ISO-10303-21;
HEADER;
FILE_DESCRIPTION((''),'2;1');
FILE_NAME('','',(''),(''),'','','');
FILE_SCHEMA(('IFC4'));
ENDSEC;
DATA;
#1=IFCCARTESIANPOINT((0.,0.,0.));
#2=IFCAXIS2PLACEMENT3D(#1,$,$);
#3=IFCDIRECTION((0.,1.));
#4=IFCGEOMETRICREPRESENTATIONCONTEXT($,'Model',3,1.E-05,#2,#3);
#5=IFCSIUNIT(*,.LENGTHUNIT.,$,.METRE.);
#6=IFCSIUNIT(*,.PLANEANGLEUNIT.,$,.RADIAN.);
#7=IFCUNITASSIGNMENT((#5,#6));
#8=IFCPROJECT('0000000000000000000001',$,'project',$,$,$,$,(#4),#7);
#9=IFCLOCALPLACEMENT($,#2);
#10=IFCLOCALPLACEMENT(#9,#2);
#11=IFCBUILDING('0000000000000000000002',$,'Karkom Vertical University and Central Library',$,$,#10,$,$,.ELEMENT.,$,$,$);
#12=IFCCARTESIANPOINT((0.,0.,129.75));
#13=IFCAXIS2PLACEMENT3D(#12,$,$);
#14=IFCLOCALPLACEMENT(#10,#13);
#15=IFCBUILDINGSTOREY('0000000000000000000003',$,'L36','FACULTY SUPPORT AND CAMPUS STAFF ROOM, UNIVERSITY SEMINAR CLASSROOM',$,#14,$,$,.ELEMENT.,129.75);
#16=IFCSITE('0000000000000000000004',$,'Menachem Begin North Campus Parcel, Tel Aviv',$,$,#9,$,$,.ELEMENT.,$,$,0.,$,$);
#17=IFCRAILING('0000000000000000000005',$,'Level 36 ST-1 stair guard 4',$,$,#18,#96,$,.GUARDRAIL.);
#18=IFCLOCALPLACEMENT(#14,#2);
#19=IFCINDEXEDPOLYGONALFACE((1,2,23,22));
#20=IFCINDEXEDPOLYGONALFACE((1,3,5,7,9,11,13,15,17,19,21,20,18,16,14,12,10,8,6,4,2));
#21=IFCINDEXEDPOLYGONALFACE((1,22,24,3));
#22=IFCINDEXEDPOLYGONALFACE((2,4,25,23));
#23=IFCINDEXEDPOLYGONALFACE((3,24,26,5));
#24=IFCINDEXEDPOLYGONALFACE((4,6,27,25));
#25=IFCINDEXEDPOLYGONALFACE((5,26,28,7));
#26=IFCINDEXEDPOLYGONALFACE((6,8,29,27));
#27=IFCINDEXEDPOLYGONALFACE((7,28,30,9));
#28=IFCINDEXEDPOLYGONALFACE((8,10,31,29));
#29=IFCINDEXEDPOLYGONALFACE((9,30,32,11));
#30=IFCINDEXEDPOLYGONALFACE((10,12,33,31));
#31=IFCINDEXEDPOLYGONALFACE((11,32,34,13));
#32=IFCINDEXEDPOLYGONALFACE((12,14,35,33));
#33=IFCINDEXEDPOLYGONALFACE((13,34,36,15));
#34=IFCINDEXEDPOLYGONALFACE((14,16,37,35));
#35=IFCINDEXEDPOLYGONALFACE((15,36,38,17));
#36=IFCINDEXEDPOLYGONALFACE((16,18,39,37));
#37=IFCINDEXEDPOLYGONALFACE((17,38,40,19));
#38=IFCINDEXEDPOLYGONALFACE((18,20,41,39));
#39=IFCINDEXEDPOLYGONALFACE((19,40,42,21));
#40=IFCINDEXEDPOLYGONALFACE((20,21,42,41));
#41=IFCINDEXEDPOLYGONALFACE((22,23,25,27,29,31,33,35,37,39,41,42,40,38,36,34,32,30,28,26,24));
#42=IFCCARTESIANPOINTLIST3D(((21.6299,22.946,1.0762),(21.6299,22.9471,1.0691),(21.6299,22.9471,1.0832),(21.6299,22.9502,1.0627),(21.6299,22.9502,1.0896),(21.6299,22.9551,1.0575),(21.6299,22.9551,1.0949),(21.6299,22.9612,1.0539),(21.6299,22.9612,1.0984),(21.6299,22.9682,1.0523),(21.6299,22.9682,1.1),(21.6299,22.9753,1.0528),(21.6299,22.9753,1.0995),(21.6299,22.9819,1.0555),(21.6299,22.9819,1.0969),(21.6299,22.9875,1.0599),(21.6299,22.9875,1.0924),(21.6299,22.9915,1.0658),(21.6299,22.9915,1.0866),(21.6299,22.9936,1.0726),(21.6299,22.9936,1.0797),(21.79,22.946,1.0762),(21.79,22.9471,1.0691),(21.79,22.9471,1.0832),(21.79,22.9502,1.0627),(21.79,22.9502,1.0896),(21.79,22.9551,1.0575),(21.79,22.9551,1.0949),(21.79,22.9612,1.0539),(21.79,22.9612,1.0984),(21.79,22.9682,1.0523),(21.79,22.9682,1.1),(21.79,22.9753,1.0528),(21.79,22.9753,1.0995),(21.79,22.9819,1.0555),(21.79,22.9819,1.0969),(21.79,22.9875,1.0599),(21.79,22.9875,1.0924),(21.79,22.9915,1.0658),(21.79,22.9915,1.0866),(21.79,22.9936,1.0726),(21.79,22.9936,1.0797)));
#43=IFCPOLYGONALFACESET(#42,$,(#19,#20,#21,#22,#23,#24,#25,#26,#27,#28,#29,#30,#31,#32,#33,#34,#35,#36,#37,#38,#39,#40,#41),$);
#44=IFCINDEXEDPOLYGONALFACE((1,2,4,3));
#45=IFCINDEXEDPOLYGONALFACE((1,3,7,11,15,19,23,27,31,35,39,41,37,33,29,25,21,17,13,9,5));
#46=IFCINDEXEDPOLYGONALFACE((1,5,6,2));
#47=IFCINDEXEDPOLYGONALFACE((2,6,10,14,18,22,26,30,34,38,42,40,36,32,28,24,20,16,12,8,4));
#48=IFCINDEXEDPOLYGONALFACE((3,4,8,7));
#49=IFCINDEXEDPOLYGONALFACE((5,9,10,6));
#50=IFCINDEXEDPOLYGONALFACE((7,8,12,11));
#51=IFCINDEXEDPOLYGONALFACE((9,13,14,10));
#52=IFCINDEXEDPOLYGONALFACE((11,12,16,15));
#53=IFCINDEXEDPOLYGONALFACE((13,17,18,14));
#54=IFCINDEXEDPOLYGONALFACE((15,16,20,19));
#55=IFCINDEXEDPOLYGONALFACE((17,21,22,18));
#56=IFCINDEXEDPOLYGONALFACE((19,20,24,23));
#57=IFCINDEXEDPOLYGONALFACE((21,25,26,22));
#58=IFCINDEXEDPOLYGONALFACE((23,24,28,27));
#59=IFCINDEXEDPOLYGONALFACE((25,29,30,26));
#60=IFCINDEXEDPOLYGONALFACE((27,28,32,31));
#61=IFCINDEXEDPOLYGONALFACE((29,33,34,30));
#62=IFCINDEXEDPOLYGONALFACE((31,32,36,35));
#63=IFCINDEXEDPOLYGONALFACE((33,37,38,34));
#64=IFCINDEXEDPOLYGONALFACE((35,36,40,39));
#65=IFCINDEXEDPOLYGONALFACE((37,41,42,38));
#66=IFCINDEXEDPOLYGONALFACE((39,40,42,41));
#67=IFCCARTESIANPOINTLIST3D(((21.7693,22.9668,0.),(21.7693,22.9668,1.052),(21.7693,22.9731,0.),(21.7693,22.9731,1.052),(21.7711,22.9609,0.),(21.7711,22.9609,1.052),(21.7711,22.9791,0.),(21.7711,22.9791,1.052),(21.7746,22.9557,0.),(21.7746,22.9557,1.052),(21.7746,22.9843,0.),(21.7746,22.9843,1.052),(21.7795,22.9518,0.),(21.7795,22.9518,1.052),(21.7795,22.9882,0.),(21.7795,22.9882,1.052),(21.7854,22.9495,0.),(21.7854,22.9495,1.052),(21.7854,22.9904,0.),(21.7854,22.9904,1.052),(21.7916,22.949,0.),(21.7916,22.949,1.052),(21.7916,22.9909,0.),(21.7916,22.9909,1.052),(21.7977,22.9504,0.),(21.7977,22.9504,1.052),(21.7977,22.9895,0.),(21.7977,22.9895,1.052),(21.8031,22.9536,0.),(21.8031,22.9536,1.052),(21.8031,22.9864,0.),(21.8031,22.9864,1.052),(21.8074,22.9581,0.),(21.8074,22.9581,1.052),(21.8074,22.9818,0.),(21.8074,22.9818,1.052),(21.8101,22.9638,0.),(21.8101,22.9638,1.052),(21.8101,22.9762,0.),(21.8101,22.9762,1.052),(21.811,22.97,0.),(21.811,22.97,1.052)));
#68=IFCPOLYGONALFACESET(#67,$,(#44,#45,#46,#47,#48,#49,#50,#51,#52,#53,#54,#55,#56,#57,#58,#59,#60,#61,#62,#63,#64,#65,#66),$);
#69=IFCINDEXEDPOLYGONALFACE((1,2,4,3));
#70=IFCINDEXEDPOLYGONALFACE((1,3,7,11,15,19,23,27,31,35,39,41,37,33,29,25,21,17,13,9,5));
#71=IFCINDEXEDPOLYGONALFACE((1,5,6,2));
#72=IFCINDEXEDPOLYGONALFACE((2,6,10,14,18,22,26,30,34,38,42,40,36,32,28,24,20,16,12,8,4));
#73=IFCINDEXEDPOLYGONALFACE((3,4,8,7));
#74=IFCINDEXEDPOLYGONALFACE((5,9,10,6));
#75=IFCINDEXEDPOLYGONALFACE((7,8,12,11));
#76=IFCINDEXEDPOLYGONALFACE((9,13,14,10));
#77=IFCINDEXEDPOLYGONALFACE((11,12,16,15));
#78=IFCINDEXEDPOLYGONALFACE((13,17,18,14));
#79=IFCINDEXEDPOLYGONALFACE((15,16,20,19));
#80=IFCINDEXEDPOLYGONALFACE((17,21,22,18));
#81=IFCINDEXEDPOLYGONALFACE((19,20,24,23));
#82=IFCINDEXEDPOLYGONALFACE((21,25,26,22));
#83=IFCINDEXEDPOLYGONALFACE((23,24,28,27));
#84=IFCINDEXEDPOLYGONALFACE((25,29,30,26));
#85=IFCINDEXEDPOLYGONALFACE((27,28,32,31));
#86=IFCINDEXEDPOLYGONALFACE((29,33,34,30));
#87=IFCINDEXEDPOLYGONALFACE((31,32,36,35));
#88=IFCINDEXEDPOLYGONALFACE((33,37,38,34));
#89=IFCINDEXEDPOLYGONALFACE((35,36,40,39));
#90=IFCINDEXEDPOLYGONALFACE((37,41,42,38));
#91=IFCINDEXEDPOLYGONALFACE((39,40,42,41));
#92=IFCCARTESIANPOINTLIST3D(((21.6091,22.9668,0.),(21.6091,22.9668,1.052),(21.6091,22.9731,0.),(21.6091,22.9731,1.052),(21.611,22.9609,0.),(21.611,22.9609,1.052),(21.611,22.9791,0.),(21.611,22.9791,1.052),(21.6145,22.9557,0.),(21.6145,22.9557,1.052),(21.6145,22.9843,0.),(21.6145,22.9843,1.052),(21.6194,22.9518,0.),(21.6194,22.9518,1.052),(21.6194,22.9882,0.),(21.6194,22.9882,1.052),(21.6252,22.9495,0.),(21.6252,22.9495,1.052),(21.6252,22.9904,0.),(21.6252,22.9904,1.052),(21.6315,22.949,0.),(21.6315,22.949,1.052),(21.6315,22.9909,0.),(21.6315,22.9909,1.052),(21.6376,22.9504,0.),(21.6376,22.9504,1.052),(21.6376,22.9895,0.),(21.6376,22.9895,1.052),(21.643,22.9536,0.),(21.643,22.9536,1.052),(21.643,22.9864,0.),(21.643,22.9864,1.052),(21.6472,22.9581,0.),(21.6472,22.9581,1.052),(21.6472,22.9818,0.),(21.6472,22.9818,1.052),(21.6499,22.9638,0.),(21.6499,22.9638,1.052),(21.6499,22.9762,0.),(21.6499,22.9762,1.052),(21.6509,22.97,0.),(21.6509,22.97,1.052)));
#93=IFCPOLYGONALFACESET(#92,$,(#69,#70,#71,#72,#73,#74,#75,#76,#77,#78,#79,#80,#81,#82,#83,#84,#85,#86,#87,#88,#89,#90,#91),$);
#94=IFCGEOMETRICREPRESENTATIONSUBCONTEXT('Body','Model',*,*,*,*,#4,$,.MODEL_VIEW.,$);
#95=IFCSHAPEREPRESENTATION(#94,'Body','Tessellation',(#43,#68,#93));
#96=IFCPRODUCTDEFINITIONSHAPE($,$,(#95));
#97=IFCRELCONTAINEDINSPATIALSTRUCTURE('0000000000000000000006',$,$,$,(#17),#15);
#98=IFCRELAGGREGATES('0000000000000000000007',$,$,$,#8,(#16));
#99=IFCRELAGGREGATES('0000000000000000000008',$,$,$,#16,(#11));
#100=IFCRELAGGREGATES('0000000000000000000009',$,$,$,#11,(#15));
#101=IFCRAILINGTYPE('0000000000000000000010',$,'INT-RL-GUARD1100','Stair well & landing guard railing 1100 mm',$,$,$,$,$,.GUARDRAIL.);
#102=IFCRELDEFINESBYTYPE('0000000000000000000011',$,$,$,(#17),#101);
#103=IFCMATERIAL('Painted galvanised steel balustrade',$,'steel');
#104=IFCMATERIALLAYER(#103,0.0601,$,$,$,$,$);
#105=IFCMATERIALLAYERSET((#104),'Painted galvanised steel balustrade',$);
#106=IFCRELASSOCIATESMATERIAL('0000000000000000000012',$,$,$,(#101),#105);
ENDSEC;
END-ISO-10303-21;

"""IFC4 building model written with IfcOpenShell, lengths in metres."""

from ifc_helpers import new_model, si_unit, direction, frame, origin, origin_2d, place, context, subcontext, project, spatial, circle, extrude, material, layer, layer_set, type_object, element, save


model = new_model("IFC4")

# Units and contexts
model_context = context("Model", 3, precision=1e-05, world=origin(), true_north=direction((0.0, 1.0)))
body_context = subcontext(model_context, "Body", "Model", "MODEL_VIEW")
ifc_project = project(units=[si_unit("LENGTHUNIT", "METRE"), si_unit("PLANEANGLEUNIT", "RADIAN")], contexts=[model_context])

# Site, building, storey
site_placement = place(None, origin())
site = spatial("IfcSite", under=ifc_project, at=site_placement, Name="Menachem Begin North Campus Parcel, Tel Aviv", CompositionType="ELEMENT", RefElevation=0.0)
building_placement = place(site_placement, origin())
building = spatial("IfcBuilding", under=site, at=building_placement, Name="Karkom Vertical University and Central Library", CompositionType="ELEMENT")
storey_placement = place(building_placement, frame((0.0, 0.0, 129.75)))
storey = spatial("IfcBuildingStorey", under=building, at=storey_placement, Name="L36", Description="FACULTY SUPPORT AND CAMPUS STAFF ROOM, UNIVERSITY SEMINAR CLASSROOM", CompositionType="ELEMENT", Elevation=129.75)

# Railing
ifc_material_1 = material(Name="Painted galvanised steel balustrade", Category="steel")
ifc_layer_1 = layer(ifc_material_1, 0.0601)
ifc_layer_set_1 = layer_set([ifc_layer_1], Name="Painted galvanised steel balustrade")
railing_type_1 = type_object("IfcRailingType", Name="INT-RL-GUARD1100", Description="Stair well & landing guard railing 1100 mm", PredefinedType="GUARDRAIL", material=ifc_layer_set_1)
railing_1_placement = place(storey_placement, frame((21.79, 22.97, 0.0)))
element("IfcRailing", 1, at=railing_1_placement, inside=storey, type_object=railing_type_1, Name="Level 36 ST-1 stair guard 4", PredefinedType="GUARDRAIL", context=body_context, shape_type="SweptSolid", body=[
    extrude(circle(Radius=0.0239, at=origin_2d()), frame((0.0, 0.0, 1.0762), z_axis=(-1.0, 0.0, 0.0), x_axis=(0.0, -1.0, 0.0)), (0.0, 0.0, 1.0), 0.1602),
    extrude(circle(Radius=0.021, at=origin_2d()), origin(), (0.0, 0.0, 1.0), 1.052),
    extrude(circle(Radius=0.021, at=origin_2d()), frame((-0.1602, 0.0, 0.0)), (0.0, 0.0, 1.0), 1.052),
])

save(model, "model.ifc")
